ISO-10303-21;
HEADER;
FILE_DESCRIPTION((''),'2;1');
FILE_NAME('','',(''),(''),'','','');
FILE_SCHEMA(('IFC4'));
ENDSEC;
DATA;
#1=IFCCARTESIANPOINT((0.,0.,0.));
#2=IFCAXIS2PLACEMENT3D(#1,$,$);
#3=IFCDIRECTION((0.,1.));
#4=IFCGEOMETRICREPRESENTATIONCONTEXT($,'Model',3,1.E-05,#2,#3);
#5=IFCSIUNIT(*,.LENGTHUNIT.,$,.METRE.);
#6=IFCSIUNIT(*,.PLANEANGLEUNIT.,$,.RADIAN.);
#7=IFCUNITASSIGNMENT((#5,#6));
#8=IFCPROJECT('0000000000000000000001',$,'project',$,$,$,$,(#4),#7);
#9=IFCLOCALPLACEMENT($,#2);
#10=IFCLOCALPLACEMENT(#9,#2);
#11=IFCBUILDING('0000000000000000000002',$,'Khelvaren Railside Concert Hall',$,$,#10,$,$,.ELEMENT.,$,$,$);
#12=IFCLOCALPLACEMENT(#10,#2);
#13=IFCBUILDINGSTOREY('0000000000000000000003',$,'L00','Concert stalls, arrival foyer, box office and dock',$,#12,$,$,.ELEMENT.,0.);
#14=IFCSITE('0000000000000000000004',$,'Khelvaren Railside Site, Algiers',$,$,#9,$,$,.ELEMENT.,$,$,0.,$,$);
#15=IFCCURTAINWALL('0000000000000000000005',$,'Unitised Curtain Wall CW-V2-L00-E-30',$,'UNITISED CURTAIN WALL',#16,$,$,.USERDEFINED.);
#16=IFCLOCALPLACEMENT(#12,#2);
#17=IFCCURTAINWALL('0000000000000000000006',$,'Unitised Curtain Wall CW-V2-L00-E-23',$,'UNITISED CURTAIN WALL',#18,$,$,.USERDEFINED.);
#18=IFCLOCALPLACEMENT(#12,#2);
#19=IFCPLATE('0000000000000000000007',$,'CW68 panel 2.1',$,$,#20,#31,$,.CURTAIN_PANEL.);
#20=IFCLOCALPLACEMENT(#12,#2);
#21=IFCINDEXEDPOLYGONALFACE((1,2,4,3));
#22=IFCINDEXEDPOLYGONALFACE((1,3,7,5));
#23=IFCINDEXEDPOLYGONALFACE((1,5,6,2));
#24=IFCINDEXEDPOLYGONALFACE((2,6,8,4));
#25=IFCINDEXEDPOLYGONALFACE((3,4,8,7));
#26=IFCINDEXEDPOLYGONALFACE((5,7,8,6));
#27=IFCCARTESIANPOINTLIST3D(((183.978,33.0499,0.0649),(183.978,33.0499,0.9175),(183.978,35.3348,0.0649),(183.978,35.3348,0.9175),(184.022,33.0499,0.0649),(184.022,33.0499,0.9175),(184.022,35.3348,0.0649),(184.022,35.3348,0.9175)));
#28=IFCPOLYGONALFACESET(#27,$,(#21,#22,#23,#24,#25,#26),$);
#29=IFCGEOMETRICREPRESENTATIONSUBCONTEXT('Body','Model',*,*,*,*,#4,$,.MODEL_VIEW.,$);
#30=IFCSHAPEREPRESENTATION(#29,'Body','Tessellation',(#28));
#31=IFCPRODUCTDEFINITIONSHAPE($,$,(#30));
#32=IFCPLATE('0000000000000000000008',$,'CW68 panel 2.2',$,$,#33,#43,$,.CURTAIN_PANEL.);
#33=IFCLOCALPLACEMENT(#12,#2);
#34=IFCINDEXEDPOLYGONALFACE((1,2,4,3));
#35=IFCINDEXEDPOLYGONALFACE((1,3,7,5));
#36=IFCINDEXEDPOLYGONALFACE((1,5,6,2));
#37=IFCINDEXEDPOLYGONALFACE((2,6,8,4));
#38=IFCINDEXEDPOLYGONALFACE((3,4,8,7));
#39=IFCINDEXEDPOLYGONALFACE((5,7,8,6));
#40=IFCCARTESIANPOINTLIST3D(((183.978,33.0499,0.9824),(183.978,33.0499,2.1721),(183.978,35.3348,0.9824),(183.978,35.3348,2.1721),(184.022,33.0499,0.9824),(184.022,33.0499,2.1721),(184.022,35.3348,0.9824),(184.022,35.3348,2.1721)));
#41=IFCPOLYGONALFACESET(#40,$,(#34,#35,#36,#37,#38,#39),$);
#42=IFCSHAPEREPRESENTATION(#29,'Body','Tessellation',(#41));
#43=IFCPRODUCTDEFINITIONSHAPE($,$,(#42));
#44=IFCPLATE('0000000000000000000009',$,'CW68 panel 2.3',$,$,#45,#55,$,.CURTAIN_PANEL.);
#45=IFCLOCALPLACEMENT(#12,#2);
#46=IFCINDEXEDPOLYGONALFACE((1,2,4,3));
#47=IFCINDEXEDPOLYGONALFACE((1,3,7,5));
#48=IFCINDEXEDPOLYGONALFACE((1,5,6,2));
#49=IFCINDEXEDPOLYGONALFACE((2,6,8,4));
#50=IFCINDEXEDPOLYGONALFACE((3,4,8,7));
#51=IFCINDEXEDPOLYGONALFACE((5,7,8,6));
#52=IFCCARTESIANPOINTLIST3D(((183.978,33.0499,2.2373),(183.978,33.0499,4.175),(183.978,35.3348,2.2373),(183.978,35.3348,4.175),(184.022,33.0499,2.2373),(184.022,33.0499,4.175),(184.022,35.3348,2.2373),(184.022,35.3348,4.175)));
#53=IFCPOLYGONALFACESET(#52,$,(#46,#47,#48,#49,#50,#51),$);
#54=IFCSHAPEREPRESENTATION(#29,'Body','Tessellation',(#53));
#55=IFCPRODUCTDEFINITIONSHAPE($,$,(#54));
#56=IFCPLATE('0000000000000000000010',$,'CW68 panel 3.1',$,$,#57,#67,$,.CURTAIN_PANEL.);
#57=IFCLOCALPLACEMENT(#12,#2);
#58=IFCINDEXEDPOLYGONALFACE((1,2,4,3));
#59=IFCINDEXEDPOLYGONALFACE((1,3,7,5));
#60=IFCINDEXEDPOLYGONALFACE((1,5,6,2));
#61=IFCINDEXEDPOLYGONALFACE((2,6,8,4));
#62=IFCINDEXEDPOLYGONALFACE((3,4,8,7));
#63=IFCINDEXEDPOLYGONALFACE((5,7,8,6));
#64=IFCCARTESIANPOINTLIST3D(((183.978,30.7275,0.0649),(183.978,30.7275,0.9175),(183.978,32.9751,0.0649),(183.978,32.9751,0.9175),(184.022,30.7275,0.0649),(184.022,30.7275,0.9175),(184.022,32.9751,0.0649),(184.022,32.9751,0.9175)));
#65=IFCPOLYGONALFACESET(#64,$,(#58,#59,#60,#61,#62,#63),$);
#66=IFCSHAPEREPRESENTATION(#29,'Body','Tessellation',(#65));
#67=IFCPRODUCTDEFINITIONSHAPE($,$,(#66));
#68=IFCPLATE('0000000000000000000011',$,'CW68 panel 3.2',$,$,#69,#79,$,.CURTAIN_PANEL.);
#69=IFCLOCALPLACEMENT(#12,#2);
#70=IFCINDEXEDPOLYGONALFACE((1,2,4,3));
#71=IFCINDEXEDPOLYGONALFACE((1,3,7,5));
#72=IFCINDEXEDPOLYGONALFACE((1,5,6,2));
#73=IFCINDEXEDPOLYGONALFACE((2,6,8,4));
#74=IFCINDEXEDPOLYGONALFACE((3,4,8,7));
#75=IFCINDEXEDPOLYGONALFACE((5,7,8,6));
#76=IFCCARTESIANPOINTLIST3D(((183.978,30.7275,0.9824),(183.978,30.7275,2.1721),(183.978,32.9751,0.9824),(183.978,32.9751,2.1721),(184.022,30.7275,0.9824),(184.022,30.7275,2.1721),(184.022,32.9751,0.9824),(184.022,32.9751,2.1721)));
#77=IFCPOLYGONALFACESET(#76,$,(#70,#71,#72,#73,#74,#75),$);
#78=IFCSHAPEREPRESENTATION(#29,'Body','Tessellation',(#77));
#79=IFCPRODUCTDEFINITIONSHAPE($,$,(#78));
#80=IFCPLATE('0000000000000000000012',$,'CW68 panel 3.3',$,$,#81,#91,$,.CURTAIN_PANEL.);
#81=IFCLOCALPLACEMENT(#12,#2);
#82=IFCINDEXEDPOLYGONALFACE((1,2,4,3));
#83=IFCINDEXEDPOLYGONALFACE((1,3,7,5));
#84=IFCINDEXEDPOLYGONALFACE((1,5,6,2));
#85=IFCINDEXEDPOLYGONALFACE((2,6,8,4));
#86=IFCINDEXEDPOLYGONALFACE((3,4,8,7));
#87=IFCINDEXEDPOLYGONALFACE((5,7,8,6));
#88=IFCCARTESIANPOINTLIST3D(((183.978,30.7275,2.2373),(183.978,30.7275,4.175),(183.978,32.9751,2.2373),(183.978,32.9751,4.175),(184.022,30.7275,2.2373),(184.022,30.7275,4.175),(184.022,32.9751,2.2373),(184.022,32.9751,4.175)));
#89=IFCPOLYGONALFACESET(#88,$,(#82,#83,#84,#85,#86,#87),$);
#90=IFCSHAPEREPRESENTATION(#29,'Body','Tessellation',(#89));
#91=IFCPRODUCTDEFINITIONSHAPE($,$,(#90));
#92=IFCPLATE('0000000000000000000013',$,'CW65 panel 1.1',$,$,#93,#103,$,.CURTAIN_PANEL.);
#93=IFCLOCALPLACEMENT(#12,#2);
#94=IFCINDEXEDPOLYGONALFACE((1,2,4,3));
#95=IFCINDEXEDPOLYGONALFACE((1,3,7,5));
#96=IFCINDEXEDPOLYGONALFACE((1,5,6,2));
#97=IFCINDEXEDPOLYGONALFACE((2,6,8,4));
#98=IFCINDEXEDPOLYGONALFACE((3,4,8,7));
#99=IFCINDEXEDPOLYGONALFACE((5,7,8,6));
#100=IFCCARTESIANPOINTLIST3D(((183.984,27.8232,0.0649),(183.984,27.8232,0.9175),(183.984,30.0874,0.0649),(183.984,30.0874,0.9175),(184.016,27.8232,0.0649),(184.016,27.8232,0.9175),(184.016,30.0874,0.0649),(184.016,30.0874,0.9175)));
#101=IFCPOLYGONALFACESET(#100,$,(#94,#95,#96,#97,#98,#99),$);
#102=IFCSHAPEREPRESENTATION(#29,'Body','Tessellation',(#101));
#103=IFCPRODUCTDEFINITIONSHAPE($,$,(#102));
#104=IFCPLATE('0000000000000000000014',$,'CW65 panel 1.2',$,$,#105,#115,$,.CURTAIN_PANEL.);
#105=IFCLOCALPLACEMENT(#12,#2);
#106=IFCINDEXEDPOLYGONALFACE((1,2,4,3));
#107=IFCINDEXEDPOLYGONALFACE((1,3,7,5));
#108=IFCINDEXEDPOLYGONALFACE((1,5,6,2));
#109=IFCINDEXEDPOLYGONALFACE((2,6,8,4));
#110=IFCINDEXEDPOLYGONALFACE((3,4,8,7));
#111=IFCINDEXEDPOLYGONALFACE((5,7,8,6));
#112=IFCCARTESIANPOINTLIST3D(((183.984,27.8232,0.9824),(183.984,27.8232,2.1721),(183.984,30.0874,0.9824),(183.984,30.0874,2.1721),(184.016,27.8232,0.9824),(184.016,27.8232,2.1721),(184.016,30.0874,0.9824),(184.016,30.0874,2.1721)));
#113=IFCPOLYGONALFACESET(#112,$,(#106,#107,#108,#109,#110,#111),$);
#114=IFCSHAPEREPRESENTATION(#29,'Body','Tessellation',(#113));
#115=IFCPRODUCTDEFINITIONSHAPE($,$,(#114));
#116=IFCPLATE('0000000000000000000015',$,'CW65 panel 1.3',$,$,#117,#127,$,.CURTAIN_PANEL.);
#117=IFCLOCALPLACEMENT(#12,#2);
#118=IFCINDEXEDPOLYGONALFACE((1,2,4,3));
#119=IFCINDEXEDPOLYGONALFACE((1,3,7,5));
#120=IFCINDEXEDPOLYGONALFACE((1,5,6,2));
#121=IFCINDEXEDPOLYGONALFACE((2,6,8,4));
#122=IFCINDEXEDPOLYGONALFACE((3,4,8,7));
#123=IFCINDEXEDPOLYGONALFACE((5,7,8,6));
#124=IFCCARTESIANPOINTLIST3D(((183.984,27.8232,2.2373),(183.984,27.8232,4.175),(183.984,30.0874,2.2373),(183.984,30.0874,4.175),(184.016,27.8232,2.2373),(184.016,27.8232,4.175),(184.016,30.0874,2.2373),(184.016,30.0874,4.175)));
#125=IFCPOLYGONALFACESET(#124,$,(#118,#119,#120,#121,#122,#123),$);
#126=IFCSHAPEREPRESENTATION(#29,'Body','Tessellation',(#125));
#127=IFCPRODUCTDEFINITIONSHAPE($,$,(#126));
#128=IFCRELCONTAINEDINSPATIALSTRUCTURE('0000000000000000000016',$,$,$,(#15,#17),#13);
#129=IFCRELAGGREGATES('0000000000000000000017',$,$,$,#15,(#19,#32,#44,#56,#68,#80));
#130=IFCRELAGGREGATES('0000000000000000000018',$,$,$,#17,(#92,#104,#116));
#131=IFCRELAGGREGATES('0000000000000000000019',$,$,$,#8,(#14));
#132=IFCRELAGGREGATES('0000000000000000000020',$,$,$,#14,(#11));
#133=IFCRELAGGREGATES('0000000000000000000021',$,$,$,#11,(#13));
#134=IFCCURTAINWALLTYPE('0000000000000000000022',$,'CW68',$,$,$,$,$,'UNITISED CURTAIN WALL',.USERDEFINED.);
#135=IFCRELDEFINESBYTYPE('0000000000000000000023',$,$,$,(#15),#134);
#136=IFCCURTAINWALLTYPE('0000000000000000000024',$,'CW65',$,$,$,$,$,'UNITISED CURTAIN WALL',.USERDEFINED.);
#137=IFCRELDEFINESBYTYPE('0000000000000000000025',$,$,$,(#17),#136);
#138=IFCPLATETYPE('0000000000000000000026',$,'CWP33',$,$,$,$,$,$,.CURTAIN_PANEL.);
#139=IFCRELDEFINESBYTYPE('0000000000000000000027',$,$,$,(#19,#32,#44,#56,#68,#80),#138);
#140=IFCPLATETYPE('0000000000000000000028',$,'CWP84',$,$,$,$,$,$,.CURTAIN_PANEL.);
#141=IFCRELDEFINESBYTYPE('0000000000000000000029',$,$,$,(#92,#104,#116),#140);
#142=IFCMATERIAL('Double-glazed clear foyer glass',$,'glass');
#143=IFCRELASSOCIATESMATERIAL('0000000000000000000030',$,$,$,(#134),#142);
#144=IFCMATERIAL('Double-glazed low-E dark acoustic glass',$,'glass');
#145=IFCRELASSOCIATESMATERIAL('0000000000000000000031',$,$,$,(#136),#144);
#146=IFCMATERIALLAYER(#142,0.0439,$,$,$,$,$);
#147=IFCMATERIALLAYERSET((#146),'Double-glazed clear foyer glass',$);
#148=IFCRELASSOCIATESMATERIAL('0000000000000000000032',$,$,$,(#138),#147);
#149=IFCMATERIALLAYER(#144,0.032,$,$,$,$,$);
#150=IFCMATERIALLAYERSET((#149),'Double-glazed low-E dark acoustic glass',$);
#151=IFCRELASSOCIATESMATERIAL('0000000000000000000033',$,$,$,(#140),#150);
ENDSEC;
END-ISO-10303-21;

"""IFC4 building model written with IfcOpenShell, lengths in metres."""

from ifc_helpers import new_model, si_unit, direction, frame, origin, origin_2d, place, context, subcontext, project, spatial, rectangle, extrude, material, layer, layer_set, type_object, element, aggregate, save


model = new_model("IFC4")

# Units and contexts
model_context = context("Model", 3, precision=1e-05, world=origin(), true_north=direction((0.0, 1.0)))
body_context = subcontext(model_context, "Body", "Model", "MODEL_VIEW")
ifc_project = project(units=[si_unit("LENGTHUNIT", "METRE"), si_unit("PLANEANGLEUNIT", "RADIAN")], contexts=[model_context])

# Site, building, storey
site_placement = place(None, origin())
site = spatial("IfcSite", under=ifc_project, at=site_placement, Name="Khelvaren Railside Site, Algiers", CompositionType="ELEMENT", RefElevation=0.0)
building_placement = place(site_placement, origin())
building = spatial("IfcBuilding", under=site, at=building_placement, Name="Khelvaren Railside Concert Hall", CompositionType="ELEMENT")
storey_placement = place(building_placement, origin())
storey = spatial("IfcBuildingStorey", under=building, at=storey_placement, Name="L00", Description="Concert stalls, arrival foyer, box office and dock", CompositionType="ELEMENT", Elevation=0.0)

# Curtain walls
ifc_material_1 = material(Name="Double-glazed clear foyer glass", Category="glass")
curtain_wall_type_1 = type_object("IfcCurtainWallType", Name="CW68", ElementType="UNITISED CURTAIN WALL", PredefinedType="USERDEFINED", material=ifc_material_1)
curtain_wall_1_placement = place(storey_placement, origin())
curtain_wall_1 = element("IfcCurtainWall", 1, at=curtain_wall_1_placement, inside=storey, type_object=curtain_wall_type_1, Name="Unitised Curtain Wall CW-V2-L00-E-30", ObjectType="UNITISED CURTAIN WALL", PredefinedType="USERDEFINED")
ifc_material_2 = material(Name="Double-glazed low-E dark acoustic glass", Category="glass")
curtain_wall_type_2 = type_object("IfcCurtainWallType", Name="CW65", ElementType="UNITISED CURTAIN WALL", PredefinedType="USERDEFINED", material=ifc_material_2)
curtain_wall_2_placement = place(storey_placement, origin())
curtain_wall_2 = element("IfcCurtainWall", 2, at=curtain_wall_2_placement, inside=storey, type_object=curtain_wall_type_2, Name="Unitised Curtain Wall CW-V2-L00-E-23", ObjectType="UNITISED CURTAIN WALL", PredefinedType="USERDEFINED")

# Plates
ifc_layer_1 = layer(ifc_material_1, 0.0439)
ifc_layer_set_1 = layer_set([ifc_layer_1], Name="Double-glazed clear foyer glass")
plate_type_1 = type_object("IfcPlateType", Name="CWP33", PredefinedType="CURTAIN_PANEL", material=ifc_layer_set_1)
plate_1_placement = place(storey_placement, frame((184.0, 34.1924, 0.0649), z_axis=(0.0, 0.0, 1.0), x_axis=(0.0, -1.0, 0.0)))
plate_1 = element("IfcPlate", 3, at=plate_1_placement, type_object=plate_type_1, Name="CW68 panel 2.1", PredefinedType="CURTAIN_PANEL", context=body_context, shape_type="SweptSolid", body=[
    extrude(rectangle(XDim=2.2849, YDim=0.0439, at=origin_2d()), origin(), (0.0, 0.0, 1.0), 0.8525),
])
plate_2_placement = place(storey_placement, frame((184.0, 34.1924, 0.9824), z_axis=(0.0, 0.0, 1.0), x_axis=(0.0, -1.0, 0.0)))
plate_2 = element("IfcPlate", 4, at=plate_2_placement, type_object=plate_type_1, Name="CW68 panel 2.2", PredefinedType="CURTAIN_PANEL", context=body_context, shape_type="SweptSolid", body=[
    extrude(rectangle(XDim=2.2849, YDim=0.0439, at=origin_2d()), origin(), (0.0, 0.0, 1.0), 1.1897),
])
plate_3_placement = place(storey_placement, frame((184.0, 34.1924, 2.2373), z_axis=(0.0, 0.0, 1.0), x_axis=(0.0, -1.0, 0.0)))
plate_3 = element("IfcPlate", 5, at=plate_3_placement, type_object=plate_type_1, Name="CW68 panel 2.3", PredefinedType="CURTAIN_PANEL", context=body_context, shape_type="SweptSolid", body=[
    extrude(rectangle(XDim=2.2849, YDim=0.0439, at=origin_2d()), origin(), (0.0, 0.0, 1.0), 1.9377),
])
plate_4_placement = place(storey_placement, frame((184.0, 31.8513, 0.0649), z_axis=(0.0, 0.0, 1.0), x_axis=(0.0, -1.0, 0.0)))
plate_4 = element("IfcPlate", 6, at=plate_4_placement, type_object=plate_type_1, Name="CW68 panel 3.1", PredefinedType="CURTAIN_PANEL", context=body_context, shape_type="SweptSolid", body=[
    extrude(rectangle(XDim=2.2476, YDim=0.0439, at=origin_2d()), origin(), (0.0, 0.0, 1.0), 0.8525),
])
plate_5_placement = place(storey_placement, frame((184.0, 31.8513, 0.9824), z_axis=(0.0, 0.0, 1.0), x_axis=(0.0, -1.0, 0.0)))
plate_5 = element("IfcPlate", 7, at=plate_5_placement, type_object=plate_type_1, Name="CW68 panel 3.2", PredefinedType="CURTAIN_PANEL", context=body_context, shape_type="SweptSolid", body=[
    extrude(rectangle(XDim=2.2476, YDim=0.0439, at=origin_2d()), origin(), (0.0, 0.0, 1.0), 1.1897),
])
plate_6_placement = place(storey_placement, frame((184.0, 31.8513, 2.2373), z_axis=(0.0, 0.0, 1.0), x_axis=(0.0, -1.0, 0.0)))
plate_6 = element("IfcPlate", 8, at=plate_6_placement, type_object=plate_type_1, Name="CW68 panel 3.3", PredefinedType="CURTAIN_PANEL", context=body_context, shape_type="SweptSolid", body=[
    extrude(rectangle(XDim=2.2476, YDim=0.0439, at=origin_2d()), origin(), (0.0, 0.0, 1.0), 1.9377),
])
aggregate(curtain_wall_1, [plate_1, plate_2, plate_3, plate_4, plate_5, plate_6])
ifc_layer_2 = layer(ifc_material_2, 0.032)
ifc_layer_set_2 = layer_set([ifc_layer_2], Name="Double-glazed low-E dark acoustic glass")
plate_type_2 = type_object("IfcPlateType", Name="CWP84", PredefinedType="CURTAIN_PANEL", material=ifc_layer_set_2)
plate_7_placement = place(storey_placement, frame((184.0, 28.9553, 0.0649), z_axis=(0.0, 0.0, 1.0), x_axis=(0.0, -1.0, 0.0)))
plate_7 = element("IfcPlate", 9, at=plate_7_placement, type_object=plate_type_2, Name="CW65 panel 1.1", PredefinedType="CURTAIN_PANEL", context=body_context, shape_type="SweptSolid", body=[
    extrude(rectangle(XDim=2.2642, YDim=0.032, at=origin_2d()), origin(), (0.0, 0.0, 1.0), 0.8525),
])
plate_8_placement = place(storey_placement, frame((184.0, 28.9553, 0.9824), z_axis=(0.0, 0.0, 1.0), x_axis=(0.0, -1.0, 0.0)))
plate_8 = element("IfcPlate", 10, at=plate_8_placement, type_object=plate_type_2, Name="CW65 panel 1.2", PredefinedType="CURTAIN_PANEL", context=body_context, shape_type="SweptSolid", body=[
    extrude(rectangle(XDim=2.2642, YDim=0.032, at=origin_2d()), origin(), (0.0, 0.0, 1.0), 1.1897),
])
plate_9_placement = place(storey_placement, frame((184.0, 28.9553, 2.2373), z_axis=(0.0, 0.0, 1.0), x_axis=(0.0, -1.0, 0.0)))
plate_9 = element("IfcPlate", 11, at=plate_9_placement, type_object=plate_type_2, Name="CW65 panel 1.3", PredefinedType="CURTAIN_PANEL", context=body_context, shape_type="SweptSolid", body=[
    extrude(rectangle(XDim=2.2642, YDim=0.032, at=origin_2d()), origin(), (0.0, 0.0, 1.0), 1.9377),
])
aggregate(curtain_wall_2, [plate_7, plate_8, plate_9])

save(model, "model.ifc")
